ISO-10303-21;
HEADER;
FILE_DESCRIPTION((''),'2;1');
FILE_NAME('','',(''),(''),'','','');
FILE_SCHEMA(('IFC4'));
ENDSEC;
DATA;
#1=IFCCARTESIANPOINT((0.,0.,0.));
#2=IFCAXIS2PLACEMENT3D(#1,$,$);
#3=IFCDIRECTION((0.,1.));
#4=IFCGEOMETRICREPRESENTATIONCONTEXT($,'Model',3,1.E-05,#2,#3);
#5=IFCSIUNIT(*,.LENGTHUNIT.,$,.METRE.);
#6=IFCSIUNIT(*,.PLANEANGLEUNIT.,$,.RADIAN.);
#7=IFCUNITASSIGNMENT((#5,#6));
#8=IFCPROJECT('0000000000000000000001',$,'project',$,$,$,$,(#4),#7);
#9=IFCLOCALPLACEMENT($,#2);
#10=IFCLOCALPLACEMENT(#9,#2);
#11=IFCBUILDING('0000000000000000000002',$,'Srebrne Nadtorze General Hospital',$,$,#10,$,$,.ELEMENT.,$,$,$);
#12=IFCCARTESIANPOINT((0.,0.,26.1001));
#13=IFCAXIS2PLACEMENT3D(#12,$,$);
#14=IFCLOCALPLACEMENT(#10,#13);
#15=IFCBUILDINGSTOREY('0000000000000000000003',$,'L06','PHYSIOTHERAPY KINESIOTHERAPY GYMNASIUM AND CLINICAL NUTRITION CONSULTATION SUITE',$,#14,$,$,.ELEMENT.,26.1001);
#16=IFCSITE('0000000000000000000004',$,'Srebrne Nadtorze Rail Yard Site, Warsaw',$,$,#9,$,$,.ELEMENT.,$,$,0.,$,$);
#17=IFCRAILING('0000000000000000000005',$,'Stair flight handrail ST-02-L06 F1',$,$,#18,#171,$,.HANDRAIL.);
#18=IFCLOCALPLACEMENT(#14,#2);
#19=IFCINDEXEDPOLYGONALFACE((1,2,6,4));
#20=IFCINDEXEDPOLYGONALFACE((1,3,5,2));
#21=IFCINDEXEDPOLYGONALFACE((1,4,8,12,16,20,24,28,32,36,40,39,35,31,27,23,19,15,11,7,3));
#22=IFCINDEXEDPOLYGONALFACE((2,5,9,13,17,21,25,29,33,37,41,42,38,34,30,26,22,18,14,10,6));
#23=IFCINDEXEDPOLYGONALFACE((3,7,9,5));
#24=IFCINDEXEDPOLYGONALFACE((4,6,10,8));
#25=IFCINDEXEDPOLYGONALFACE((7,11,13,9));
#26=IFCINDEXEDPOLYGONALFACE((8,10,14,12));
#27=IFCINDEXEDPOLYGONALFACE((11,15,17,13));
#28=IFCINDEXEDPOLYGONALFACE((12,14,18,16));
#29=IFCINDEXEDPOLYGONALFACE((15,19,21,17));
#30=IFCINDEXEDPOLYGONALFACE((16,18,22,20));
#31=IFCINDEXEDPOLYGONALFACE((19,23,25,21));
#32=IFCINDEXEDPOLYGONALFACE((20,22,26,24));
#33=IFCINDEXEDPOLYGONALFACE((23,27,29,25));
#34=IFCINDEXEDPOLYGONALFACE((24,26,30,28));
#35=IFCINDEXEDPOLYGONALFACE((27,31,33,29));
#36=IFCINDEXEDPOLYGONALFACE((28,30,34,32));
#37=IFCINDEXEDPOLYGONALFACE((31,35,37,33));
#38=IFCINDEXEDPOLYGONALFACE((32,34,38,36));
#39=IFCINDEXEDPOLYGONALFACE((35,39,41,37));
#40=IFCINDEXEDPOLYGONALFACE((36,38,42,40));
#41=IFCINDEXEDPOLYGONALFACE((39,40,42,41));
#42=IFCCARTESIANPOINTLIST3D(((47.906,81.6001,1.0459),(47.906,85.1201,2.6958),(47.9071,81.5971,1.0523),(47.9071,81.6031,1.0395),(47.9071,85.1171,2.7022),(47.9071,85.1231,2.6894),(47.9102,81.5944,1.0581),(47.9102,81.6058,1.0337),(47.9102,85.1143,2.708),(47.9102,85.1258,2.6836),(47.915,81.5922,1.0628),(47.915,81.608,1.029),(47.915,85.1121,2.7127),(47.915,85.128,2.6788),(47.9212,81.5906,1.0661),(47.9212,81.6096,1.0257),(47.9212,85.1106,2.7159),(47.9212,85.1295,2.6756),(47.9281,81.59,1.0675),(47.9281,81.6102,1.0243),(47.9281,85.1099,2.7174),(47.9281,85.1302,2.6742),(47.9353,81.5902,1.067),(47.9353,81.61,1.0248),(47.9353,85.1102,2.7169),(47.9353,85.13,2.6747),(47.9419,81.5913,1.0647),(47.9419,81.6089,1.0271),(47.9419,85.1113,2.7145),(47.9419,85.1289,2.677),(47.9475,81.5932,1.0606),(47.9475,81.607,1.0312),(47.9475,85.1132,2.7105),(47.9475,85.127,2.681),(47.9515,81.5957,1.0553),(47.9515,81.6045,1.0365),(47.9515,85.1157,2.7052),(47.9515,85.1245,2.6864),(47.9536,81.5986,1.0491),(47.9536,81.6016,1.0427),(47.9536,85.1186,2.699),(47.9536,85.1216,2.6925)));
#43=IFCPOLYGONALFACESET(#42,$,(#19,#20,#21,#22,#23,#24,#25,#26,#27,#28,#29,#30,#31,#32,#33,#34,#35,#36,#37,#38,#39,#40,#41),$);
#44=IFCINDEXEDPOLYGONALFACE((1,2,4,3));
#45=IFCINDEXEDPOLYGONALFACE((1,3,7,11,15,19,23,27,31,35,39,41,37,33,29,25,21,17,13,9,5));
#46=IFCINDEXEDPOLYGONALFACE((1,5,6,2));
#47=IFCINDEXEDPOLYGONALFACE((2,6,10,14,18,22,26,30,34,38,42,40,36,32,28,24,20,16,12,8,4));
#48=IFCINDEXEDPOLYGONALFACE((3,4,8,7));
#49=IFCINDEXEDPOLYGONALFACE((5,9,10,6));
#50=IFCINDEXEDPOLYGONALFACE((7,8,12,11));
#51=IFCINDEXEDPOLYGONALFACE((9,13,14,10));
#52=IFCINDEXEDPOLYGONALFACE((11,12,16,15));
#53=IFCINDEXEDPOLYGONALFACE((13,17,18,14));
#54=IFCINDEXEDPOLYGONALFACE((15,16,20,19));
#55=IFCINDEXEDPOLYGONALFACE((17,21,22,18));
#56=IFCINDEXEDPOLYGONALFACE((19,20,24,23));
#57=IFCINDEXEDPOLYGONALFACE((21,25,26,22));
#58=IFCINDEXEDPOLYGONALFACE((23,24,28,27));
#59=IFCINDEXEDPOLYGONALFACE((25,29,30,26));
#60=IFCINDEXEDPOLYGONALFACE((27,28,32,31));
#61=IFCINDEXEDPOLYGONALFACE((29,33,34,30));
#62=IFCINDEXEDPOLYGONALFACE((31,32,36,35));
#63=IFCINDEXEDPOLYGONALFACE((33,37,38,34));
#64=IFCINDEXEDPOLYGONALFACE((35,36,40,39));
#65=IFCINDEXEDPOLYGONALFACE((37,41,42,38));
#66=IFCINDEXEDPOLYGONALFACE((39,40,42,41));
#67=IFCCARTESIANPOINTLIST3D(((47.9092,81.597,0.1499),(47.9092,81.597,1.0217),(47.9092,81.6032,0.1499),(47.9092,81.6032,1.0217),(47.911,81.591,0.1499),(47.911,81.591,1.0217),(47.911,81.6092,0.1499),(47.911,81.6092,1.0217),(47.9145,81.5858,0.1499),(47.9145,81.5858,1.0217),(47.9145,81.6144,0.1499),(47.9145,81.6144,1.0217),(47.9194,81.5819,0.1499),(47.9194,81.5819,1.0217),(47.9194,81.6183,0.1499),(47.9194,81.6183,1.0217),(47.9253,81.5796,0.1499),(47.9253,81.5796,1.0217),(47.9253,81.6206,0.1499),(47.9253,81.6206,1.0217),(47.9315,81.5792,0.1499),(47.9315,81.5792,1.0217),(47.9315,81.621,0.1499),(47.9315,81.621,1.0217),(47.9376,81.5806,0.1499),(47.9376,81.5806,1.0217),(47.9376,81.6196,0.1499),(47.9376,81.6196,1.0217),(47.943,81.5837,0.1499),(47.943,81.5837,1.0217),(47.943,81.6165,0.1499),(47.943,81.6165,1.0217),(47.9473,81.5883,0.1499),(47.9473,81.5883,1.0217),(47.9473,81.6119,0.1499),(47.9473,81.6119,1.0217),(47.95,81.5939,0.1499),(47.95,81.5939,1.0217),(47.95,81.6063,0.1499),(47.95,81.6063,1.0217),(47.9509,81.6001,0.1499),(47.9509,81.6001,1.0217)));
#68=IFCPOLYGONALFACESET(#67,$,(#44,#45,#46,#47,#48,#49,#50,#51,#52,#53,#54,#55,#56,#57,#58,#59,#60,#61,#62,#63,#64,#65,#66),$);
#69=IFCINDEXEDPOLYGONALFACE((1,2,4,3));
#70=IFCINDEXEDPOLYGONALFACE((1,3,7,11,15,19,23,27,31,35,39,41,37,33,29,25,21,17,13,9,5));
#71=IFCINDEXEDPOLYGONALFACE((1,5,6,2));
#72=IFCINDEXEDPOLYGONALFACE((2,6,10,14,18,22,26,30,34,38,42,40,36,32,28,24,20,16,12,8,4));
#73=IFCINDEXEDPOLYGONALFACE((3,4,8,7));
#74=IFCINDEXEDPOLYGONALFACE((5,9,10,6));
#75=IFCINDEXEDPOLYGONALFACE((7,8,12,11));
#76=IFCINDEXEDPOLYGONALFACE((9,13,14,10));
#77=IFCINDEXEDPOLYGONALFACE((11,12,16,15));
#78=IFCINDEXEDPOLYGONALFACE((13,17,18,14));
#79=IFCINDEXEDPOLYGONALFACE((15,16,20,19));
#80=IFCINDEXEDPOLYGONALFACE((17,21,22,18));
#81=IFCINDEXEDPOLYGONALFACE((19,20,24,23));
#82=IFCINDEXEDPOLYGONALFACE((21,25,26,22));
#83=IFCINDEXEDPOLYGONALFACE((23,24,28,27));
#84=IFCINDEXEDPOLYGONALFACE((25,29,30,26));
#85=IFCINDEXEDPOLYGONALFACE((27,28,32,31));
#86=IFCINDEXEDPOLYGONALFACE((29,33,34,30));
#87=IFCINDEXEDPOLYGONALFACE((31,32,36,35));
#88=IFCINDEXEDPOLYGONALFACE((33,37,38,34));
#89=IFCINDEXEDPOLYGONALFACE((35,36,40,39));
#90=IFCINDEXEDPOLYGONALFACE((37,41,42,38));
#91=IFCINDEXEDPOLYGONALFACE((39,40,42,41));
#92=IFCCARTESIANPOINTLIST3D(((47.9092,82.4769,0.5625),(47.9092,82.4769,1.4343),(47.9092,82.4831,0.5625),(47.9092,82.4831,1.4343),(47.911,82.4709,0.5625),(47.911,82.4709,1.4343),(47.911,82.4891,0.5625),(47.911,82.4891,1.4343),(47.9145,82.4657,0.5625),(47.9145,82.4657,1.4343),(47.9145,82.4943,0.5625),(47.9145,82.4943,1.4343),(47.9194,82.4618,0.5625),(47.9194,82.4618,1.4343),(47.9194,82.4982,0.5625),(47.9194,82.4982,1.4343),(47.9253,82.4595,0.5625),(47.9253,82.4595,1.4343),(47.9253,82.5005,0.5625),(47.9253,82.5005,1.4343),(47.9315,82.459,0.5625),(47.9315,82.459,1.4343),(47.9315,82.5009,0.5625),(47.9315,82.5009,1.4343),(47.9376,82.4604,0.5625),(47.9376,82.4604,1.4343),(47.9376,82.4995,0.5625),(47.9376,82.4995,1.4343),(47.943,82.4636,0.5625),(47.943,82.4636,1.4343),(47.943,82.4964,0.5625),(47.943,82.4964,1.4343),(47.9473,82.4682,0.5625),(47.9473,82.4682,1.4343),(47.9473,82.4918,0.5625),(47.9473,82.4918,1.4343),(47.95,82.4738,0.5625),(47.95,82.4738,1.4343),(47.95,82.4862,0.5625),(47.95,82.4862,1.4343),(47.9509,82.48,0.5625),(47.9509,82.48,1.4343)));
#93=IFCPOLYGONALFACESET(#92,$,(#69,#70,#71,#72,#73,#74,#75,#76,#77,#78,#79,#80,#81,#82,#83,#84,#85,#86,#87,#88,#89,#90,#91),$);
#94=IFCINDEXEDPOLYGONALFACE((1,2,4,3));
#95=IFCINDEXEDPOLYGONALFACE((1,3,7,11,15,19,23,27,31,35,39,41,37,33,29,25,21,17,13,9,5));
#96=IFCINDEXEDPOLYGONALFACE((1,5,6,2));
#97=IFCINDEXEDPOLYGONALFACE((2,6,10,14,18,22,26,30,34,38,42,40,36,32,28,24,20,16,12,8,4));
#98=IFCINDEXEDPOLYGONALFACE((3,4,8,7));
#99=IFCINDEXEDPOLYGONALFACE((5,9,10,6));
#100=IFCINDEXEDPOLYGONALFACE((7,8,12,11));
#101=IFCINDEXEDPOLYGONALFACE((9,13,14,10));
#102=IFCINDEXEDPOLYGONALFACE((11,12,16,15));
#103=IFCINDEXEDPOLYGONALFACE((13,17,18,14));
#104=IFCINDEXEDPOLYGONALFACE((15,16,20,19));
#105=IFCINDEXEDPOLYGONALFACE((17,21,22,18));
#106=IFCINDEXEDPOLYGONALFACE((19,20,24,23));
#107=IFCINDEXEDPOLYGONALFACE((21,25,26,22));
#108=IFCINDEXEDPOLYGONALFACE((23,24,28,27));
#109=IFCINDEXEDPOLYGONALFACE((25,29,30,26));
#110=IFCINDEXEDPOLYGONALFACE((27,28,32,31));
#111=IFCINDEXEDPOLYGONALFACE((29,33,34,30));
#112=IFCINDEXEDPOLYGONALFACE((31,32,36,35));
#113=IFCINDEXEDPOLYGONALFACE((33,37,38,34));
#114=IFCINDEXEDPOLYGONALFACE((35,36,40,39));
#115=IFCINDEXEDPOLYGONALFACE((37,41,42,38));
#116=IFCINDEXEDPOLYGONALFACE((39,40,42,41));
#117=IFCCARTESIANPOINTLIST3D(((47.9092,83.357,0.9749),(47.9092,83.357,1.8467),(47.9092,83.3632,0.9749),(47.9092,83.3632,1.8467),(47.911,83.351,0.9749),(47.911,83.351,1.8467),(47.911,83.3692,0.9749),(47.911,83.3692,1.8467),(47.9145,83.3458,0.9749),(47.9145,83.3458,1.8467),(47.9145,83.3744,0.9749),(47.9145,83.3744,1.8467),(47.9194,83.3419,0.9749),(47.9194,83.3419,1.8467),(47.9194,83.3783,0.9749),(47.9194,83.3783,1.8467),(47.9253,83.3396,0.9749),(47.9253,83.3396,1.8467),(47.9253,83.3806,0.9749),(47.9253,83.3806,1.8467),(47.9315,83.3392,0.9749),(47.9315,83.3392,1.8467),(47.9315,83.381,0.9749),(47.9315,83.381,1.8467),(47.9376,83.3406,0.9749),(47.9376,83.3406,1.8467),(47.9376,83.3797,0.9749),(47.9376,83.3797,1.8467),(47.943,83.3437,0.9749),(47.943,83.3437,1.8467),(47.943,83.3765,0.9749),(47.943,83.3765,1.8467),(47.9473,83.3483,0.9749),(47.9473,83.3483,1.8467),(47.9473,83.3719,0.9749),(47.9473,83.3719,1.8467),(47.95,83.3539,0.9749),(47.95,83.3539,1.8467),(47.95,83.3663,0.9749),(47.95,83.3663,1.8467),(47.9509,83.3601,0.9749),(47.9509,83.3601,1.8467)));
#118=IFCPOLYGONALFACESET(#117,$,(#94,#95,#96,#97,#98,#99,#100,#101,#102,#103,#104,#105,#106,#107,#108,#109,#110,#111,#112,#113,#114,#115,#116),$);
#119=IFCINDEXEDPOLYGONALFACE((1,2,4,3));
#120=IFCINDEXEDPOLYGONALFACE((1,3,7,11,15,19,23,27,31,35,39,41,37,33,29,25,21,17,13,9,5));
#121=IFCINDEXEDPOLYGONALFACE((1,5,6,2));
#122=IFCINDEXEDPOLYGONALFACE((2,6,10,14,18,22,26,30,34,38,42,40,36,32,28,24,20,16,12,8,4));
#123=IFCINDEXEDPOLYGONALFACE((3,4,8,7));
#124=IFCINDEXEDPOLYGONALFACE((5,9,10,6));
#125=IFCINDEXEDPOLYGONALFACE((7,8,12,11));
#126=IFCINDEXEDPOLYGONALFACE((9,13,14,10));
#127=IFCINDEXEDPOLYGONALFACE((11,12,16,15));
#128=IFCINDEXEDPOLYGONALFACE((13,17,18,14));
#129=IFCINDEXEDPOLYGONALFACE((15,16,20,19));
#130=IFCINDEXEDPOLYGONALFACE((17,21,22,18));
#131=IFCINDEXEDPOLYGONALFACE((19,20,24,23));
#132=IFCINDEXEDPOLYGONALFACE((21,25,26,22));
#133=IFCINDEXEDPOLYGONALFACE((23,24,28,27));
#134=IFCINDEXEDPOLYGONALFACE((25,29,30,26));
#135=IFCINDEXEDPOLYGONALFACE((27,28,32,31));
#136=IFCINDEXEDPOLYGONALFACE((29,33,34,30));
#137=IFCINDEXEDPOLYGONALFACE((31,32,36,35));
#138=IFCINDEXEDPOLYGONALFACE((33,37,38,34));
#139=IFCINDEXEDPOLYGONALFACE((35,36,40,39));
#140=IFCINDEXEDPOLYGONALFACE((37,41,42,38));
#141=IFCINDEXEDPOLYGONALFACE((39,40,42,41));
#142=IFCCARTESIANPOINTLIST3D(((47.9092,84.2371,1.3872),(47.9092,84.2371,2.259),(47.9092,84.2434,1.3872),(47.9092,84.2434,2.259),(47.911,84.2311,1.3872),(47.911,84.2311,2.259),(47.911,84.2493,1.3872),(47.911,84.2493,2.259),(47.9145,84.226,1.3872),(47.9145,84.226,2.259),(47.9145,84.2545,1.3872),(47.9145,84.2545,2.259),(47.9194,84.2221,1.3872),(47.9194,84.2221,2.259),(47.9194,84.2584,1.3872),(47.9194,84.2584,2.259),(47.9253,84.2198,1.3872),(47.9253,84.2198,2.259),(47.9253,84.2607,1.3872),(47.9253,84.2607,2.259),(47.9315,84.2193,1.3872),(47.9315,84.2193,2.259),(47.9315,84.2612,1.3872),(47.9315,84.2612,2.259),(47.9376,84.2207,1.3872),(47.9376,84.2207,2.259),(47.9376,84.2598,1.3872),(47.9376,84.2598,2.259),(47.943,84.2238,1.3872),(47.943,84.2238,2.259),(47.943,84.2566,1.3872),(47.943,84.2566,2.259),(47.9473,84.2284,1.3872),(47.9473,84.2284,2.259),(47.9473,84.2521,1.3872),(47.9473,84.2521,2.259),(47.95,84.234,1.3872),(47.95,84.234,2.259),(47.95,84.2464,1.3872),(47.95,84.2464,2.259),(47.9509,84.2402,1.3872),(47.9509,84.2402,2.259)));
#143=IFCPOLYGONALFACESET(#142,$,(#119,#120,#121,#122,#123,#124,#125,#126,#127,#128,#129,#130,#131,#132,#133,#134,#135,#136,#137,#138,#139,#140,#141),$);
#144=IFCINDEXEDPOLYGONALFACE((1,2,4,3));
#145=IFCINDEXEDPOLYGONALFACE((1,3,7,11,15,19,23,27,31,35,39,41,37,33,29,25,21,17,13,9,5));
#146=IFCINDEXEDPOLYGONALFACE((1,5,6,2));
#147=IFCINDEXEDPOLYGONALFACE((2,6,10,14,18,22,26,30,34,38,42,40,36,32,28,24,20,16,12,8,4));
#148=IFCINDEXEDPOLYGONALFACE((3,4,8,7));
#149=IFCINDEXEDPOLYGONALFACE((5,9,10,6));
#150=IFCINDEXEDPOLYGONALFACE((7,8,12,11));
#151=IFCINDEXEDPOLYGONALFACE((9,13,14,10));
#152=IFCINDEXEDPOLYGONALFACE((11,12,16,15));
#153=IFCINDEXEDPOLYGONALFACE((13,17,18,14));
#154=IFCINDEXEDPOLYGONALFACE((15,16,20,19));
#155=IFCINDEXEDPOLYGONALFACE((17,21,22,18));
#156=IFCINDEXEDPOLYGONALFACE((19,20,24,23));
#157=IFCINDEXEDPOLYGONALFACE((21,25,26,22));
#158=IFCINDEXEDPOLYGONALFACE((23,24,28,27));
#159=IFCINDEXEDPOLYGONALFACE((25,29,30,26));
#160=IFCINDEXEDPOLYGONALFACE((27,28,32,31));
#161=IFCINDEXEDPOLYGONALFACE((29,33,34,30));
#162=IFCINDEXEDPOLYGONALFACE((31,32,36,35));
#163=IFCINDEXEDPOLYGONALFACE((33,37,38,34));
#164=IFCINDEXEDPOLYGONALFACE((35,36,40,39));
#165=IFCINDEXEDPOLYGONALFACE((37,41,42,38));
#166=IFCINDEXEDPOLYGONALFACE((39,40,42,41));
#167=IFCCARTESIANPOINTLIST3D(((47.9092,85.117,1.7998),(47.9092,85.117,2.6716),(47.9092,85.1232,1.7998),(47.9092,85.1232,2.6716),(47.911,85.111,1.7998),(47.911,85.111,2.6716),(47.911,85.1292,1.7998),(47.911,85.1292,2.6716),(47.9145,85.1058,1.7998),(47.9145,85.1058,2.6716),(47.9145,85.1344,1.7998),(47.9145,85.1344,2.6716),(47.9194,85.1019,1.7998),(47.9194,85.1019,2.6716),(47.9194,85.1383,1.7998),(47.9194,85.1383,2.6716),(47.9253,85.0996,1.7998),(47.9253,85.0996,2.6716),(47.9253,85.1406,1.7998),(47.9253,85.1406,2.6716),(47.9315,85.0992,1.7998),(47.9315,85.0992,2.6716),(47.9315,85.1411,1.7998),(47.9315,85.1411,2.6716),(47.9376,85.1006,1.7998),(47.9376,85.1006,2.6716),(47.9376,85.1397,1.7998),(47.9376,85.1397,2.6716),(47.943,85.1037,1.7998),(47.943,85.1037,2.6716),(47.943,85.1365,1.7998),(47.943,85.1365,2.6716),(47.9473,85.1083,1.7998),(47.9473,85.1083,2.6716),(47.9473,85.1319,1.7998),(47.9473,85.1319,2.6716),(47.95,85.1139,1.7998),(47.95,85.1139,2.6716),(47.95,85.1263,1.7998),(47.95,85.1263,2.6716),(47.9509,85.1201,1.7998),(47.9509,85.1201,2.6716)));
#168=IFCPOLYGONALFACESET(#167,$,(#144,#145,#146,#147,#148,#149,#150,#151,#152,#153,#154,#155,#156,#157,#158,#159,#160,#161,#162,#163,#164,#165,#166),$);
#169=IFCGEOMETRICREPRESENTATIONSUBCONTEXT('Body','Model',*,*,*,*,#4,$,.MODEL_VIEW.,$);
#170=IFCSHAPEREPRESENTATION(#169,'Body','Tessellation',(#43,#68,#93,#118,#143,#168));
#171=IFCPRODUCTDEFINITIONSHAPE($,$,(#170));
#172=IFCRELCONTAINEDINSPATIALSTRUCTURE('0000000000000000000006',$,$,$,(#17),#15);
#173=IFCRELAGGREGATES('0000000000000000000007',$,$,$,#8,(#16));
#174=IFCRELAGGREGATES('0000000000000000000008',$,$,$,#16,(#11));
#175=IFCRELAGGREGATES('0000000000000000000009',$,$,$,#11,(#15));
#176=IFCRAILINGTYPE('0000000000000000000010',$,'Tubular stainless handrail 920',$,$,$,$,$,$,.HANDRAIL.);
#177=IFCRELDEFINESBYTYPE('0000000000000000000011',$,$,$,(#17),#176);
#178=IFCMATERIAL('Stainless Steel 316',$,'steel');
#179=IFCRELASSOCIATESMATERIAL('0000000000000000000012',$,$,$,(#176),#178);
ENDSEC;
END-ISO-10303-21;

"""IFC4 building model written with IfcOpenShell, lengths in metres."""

from ifc_helpers import new_model, si_unit, direction, frame, origin, origin_2d, place, context, subcontext, project, spatial, circle, extrude, material, type_object, element, save


model = new_model("IFC4")

# Units and contexts
model_context = context("Model", 3, precision=1e-05, world=origin(), true_north=direction((0.0, 1.0)))
body_context = subcontext(model_context, "Body", "Model", "MODEL_VIEW")
ifc_project = project(units=[si_unit("LENGTHUNIT", "METRE"), si_unit("PLANEANGLEUNIT", "RADIAN")], contexts=[model_context])

# Site, building, storey
site_placement = place(None, origin())
site = spatial("IfcSite", under=ifc_project, at=site_placement, Name="Srebrne Nadtorze Rail Yard Site, Warsaw", CompositionType="ELEMENT", RefElevation=0.0)
building_placement = place(site_placement, origin())
building = spatial("IfcBuilding", under=site, at=building_placement, Name="Srebrne Nadtorze General Hospital", CompositionType="ELEMENT")
storey_placement = place(building_placement, frame((0.0, 0.0, 26.1001)))
storey = spatial("IfcBuildingStorey", under=building, at=storey_placement, Name="L06", Description="PHYSIOTHERAPY KINESIOTHERAPY GYMNASIUM AND CLINICAL NUTRITION CONSULTATION SUITE", CompositionType="ELEMENT", Elevation=26.1001)

# Railing
ifc_material_1 = material(Name="Stainless Steel 316", Category="steel")
railing_type = type_object("IfcRailingType", Name="Tubular stainless handrail 920", PredefinedType="HANDRAIL", material=ifc_material_1)
railing_1_placement = place(storey_placement, frame((47.9299, 81.6001, 0.1499)))
element("IfcRailing", 1, at=railing_1_placement, inside=storey, type_object=railing_type, Name="Stair flight handrail ST-02-L06 F1", PredefinedType="HANDRAIL", context=body_context, shape_type="SweptSolid", body=[
    extrude(circle(Radius=0.0239, at=origin_2d()), frame((0.0, 0.0, 0.896), z_axis=(0.0, 0.905469, 0.424411), x_axis=(-1.0, 0.0, 0.0)), (0.0, 0.0, 1.0), 3.8875),
    extrude(circle(Radius=0.021, at=origin_2d()), origin(), (0.0, 0.0, 1.0), 0.8718),
    extrude(circle(Radius=0.021, at=origin_2d()), frame((0.0, 0.8799, 0.4126)), (0.0, 0.0, 1.0), 0.8718),
    extrude(circle(Radius=0.021, at=origin_2d()), frame((0.0, 1.76, 0.825)), (0.0, 0.0, 1.0), 0.8718),
    extrude(circle(Radius=0.021, at=origin_2d()), frame((0.0, 2.6401, 1.2373)), (0.0, 0.0, 1.0), 0.8718),
    extrude(circle(Radius=0.021, at=origin_2d()), frame((0.0, 3.52, 1.6499)), (0.0, 0.0, 1.0), 0.8718),
])

save(model, "model.ifc")
